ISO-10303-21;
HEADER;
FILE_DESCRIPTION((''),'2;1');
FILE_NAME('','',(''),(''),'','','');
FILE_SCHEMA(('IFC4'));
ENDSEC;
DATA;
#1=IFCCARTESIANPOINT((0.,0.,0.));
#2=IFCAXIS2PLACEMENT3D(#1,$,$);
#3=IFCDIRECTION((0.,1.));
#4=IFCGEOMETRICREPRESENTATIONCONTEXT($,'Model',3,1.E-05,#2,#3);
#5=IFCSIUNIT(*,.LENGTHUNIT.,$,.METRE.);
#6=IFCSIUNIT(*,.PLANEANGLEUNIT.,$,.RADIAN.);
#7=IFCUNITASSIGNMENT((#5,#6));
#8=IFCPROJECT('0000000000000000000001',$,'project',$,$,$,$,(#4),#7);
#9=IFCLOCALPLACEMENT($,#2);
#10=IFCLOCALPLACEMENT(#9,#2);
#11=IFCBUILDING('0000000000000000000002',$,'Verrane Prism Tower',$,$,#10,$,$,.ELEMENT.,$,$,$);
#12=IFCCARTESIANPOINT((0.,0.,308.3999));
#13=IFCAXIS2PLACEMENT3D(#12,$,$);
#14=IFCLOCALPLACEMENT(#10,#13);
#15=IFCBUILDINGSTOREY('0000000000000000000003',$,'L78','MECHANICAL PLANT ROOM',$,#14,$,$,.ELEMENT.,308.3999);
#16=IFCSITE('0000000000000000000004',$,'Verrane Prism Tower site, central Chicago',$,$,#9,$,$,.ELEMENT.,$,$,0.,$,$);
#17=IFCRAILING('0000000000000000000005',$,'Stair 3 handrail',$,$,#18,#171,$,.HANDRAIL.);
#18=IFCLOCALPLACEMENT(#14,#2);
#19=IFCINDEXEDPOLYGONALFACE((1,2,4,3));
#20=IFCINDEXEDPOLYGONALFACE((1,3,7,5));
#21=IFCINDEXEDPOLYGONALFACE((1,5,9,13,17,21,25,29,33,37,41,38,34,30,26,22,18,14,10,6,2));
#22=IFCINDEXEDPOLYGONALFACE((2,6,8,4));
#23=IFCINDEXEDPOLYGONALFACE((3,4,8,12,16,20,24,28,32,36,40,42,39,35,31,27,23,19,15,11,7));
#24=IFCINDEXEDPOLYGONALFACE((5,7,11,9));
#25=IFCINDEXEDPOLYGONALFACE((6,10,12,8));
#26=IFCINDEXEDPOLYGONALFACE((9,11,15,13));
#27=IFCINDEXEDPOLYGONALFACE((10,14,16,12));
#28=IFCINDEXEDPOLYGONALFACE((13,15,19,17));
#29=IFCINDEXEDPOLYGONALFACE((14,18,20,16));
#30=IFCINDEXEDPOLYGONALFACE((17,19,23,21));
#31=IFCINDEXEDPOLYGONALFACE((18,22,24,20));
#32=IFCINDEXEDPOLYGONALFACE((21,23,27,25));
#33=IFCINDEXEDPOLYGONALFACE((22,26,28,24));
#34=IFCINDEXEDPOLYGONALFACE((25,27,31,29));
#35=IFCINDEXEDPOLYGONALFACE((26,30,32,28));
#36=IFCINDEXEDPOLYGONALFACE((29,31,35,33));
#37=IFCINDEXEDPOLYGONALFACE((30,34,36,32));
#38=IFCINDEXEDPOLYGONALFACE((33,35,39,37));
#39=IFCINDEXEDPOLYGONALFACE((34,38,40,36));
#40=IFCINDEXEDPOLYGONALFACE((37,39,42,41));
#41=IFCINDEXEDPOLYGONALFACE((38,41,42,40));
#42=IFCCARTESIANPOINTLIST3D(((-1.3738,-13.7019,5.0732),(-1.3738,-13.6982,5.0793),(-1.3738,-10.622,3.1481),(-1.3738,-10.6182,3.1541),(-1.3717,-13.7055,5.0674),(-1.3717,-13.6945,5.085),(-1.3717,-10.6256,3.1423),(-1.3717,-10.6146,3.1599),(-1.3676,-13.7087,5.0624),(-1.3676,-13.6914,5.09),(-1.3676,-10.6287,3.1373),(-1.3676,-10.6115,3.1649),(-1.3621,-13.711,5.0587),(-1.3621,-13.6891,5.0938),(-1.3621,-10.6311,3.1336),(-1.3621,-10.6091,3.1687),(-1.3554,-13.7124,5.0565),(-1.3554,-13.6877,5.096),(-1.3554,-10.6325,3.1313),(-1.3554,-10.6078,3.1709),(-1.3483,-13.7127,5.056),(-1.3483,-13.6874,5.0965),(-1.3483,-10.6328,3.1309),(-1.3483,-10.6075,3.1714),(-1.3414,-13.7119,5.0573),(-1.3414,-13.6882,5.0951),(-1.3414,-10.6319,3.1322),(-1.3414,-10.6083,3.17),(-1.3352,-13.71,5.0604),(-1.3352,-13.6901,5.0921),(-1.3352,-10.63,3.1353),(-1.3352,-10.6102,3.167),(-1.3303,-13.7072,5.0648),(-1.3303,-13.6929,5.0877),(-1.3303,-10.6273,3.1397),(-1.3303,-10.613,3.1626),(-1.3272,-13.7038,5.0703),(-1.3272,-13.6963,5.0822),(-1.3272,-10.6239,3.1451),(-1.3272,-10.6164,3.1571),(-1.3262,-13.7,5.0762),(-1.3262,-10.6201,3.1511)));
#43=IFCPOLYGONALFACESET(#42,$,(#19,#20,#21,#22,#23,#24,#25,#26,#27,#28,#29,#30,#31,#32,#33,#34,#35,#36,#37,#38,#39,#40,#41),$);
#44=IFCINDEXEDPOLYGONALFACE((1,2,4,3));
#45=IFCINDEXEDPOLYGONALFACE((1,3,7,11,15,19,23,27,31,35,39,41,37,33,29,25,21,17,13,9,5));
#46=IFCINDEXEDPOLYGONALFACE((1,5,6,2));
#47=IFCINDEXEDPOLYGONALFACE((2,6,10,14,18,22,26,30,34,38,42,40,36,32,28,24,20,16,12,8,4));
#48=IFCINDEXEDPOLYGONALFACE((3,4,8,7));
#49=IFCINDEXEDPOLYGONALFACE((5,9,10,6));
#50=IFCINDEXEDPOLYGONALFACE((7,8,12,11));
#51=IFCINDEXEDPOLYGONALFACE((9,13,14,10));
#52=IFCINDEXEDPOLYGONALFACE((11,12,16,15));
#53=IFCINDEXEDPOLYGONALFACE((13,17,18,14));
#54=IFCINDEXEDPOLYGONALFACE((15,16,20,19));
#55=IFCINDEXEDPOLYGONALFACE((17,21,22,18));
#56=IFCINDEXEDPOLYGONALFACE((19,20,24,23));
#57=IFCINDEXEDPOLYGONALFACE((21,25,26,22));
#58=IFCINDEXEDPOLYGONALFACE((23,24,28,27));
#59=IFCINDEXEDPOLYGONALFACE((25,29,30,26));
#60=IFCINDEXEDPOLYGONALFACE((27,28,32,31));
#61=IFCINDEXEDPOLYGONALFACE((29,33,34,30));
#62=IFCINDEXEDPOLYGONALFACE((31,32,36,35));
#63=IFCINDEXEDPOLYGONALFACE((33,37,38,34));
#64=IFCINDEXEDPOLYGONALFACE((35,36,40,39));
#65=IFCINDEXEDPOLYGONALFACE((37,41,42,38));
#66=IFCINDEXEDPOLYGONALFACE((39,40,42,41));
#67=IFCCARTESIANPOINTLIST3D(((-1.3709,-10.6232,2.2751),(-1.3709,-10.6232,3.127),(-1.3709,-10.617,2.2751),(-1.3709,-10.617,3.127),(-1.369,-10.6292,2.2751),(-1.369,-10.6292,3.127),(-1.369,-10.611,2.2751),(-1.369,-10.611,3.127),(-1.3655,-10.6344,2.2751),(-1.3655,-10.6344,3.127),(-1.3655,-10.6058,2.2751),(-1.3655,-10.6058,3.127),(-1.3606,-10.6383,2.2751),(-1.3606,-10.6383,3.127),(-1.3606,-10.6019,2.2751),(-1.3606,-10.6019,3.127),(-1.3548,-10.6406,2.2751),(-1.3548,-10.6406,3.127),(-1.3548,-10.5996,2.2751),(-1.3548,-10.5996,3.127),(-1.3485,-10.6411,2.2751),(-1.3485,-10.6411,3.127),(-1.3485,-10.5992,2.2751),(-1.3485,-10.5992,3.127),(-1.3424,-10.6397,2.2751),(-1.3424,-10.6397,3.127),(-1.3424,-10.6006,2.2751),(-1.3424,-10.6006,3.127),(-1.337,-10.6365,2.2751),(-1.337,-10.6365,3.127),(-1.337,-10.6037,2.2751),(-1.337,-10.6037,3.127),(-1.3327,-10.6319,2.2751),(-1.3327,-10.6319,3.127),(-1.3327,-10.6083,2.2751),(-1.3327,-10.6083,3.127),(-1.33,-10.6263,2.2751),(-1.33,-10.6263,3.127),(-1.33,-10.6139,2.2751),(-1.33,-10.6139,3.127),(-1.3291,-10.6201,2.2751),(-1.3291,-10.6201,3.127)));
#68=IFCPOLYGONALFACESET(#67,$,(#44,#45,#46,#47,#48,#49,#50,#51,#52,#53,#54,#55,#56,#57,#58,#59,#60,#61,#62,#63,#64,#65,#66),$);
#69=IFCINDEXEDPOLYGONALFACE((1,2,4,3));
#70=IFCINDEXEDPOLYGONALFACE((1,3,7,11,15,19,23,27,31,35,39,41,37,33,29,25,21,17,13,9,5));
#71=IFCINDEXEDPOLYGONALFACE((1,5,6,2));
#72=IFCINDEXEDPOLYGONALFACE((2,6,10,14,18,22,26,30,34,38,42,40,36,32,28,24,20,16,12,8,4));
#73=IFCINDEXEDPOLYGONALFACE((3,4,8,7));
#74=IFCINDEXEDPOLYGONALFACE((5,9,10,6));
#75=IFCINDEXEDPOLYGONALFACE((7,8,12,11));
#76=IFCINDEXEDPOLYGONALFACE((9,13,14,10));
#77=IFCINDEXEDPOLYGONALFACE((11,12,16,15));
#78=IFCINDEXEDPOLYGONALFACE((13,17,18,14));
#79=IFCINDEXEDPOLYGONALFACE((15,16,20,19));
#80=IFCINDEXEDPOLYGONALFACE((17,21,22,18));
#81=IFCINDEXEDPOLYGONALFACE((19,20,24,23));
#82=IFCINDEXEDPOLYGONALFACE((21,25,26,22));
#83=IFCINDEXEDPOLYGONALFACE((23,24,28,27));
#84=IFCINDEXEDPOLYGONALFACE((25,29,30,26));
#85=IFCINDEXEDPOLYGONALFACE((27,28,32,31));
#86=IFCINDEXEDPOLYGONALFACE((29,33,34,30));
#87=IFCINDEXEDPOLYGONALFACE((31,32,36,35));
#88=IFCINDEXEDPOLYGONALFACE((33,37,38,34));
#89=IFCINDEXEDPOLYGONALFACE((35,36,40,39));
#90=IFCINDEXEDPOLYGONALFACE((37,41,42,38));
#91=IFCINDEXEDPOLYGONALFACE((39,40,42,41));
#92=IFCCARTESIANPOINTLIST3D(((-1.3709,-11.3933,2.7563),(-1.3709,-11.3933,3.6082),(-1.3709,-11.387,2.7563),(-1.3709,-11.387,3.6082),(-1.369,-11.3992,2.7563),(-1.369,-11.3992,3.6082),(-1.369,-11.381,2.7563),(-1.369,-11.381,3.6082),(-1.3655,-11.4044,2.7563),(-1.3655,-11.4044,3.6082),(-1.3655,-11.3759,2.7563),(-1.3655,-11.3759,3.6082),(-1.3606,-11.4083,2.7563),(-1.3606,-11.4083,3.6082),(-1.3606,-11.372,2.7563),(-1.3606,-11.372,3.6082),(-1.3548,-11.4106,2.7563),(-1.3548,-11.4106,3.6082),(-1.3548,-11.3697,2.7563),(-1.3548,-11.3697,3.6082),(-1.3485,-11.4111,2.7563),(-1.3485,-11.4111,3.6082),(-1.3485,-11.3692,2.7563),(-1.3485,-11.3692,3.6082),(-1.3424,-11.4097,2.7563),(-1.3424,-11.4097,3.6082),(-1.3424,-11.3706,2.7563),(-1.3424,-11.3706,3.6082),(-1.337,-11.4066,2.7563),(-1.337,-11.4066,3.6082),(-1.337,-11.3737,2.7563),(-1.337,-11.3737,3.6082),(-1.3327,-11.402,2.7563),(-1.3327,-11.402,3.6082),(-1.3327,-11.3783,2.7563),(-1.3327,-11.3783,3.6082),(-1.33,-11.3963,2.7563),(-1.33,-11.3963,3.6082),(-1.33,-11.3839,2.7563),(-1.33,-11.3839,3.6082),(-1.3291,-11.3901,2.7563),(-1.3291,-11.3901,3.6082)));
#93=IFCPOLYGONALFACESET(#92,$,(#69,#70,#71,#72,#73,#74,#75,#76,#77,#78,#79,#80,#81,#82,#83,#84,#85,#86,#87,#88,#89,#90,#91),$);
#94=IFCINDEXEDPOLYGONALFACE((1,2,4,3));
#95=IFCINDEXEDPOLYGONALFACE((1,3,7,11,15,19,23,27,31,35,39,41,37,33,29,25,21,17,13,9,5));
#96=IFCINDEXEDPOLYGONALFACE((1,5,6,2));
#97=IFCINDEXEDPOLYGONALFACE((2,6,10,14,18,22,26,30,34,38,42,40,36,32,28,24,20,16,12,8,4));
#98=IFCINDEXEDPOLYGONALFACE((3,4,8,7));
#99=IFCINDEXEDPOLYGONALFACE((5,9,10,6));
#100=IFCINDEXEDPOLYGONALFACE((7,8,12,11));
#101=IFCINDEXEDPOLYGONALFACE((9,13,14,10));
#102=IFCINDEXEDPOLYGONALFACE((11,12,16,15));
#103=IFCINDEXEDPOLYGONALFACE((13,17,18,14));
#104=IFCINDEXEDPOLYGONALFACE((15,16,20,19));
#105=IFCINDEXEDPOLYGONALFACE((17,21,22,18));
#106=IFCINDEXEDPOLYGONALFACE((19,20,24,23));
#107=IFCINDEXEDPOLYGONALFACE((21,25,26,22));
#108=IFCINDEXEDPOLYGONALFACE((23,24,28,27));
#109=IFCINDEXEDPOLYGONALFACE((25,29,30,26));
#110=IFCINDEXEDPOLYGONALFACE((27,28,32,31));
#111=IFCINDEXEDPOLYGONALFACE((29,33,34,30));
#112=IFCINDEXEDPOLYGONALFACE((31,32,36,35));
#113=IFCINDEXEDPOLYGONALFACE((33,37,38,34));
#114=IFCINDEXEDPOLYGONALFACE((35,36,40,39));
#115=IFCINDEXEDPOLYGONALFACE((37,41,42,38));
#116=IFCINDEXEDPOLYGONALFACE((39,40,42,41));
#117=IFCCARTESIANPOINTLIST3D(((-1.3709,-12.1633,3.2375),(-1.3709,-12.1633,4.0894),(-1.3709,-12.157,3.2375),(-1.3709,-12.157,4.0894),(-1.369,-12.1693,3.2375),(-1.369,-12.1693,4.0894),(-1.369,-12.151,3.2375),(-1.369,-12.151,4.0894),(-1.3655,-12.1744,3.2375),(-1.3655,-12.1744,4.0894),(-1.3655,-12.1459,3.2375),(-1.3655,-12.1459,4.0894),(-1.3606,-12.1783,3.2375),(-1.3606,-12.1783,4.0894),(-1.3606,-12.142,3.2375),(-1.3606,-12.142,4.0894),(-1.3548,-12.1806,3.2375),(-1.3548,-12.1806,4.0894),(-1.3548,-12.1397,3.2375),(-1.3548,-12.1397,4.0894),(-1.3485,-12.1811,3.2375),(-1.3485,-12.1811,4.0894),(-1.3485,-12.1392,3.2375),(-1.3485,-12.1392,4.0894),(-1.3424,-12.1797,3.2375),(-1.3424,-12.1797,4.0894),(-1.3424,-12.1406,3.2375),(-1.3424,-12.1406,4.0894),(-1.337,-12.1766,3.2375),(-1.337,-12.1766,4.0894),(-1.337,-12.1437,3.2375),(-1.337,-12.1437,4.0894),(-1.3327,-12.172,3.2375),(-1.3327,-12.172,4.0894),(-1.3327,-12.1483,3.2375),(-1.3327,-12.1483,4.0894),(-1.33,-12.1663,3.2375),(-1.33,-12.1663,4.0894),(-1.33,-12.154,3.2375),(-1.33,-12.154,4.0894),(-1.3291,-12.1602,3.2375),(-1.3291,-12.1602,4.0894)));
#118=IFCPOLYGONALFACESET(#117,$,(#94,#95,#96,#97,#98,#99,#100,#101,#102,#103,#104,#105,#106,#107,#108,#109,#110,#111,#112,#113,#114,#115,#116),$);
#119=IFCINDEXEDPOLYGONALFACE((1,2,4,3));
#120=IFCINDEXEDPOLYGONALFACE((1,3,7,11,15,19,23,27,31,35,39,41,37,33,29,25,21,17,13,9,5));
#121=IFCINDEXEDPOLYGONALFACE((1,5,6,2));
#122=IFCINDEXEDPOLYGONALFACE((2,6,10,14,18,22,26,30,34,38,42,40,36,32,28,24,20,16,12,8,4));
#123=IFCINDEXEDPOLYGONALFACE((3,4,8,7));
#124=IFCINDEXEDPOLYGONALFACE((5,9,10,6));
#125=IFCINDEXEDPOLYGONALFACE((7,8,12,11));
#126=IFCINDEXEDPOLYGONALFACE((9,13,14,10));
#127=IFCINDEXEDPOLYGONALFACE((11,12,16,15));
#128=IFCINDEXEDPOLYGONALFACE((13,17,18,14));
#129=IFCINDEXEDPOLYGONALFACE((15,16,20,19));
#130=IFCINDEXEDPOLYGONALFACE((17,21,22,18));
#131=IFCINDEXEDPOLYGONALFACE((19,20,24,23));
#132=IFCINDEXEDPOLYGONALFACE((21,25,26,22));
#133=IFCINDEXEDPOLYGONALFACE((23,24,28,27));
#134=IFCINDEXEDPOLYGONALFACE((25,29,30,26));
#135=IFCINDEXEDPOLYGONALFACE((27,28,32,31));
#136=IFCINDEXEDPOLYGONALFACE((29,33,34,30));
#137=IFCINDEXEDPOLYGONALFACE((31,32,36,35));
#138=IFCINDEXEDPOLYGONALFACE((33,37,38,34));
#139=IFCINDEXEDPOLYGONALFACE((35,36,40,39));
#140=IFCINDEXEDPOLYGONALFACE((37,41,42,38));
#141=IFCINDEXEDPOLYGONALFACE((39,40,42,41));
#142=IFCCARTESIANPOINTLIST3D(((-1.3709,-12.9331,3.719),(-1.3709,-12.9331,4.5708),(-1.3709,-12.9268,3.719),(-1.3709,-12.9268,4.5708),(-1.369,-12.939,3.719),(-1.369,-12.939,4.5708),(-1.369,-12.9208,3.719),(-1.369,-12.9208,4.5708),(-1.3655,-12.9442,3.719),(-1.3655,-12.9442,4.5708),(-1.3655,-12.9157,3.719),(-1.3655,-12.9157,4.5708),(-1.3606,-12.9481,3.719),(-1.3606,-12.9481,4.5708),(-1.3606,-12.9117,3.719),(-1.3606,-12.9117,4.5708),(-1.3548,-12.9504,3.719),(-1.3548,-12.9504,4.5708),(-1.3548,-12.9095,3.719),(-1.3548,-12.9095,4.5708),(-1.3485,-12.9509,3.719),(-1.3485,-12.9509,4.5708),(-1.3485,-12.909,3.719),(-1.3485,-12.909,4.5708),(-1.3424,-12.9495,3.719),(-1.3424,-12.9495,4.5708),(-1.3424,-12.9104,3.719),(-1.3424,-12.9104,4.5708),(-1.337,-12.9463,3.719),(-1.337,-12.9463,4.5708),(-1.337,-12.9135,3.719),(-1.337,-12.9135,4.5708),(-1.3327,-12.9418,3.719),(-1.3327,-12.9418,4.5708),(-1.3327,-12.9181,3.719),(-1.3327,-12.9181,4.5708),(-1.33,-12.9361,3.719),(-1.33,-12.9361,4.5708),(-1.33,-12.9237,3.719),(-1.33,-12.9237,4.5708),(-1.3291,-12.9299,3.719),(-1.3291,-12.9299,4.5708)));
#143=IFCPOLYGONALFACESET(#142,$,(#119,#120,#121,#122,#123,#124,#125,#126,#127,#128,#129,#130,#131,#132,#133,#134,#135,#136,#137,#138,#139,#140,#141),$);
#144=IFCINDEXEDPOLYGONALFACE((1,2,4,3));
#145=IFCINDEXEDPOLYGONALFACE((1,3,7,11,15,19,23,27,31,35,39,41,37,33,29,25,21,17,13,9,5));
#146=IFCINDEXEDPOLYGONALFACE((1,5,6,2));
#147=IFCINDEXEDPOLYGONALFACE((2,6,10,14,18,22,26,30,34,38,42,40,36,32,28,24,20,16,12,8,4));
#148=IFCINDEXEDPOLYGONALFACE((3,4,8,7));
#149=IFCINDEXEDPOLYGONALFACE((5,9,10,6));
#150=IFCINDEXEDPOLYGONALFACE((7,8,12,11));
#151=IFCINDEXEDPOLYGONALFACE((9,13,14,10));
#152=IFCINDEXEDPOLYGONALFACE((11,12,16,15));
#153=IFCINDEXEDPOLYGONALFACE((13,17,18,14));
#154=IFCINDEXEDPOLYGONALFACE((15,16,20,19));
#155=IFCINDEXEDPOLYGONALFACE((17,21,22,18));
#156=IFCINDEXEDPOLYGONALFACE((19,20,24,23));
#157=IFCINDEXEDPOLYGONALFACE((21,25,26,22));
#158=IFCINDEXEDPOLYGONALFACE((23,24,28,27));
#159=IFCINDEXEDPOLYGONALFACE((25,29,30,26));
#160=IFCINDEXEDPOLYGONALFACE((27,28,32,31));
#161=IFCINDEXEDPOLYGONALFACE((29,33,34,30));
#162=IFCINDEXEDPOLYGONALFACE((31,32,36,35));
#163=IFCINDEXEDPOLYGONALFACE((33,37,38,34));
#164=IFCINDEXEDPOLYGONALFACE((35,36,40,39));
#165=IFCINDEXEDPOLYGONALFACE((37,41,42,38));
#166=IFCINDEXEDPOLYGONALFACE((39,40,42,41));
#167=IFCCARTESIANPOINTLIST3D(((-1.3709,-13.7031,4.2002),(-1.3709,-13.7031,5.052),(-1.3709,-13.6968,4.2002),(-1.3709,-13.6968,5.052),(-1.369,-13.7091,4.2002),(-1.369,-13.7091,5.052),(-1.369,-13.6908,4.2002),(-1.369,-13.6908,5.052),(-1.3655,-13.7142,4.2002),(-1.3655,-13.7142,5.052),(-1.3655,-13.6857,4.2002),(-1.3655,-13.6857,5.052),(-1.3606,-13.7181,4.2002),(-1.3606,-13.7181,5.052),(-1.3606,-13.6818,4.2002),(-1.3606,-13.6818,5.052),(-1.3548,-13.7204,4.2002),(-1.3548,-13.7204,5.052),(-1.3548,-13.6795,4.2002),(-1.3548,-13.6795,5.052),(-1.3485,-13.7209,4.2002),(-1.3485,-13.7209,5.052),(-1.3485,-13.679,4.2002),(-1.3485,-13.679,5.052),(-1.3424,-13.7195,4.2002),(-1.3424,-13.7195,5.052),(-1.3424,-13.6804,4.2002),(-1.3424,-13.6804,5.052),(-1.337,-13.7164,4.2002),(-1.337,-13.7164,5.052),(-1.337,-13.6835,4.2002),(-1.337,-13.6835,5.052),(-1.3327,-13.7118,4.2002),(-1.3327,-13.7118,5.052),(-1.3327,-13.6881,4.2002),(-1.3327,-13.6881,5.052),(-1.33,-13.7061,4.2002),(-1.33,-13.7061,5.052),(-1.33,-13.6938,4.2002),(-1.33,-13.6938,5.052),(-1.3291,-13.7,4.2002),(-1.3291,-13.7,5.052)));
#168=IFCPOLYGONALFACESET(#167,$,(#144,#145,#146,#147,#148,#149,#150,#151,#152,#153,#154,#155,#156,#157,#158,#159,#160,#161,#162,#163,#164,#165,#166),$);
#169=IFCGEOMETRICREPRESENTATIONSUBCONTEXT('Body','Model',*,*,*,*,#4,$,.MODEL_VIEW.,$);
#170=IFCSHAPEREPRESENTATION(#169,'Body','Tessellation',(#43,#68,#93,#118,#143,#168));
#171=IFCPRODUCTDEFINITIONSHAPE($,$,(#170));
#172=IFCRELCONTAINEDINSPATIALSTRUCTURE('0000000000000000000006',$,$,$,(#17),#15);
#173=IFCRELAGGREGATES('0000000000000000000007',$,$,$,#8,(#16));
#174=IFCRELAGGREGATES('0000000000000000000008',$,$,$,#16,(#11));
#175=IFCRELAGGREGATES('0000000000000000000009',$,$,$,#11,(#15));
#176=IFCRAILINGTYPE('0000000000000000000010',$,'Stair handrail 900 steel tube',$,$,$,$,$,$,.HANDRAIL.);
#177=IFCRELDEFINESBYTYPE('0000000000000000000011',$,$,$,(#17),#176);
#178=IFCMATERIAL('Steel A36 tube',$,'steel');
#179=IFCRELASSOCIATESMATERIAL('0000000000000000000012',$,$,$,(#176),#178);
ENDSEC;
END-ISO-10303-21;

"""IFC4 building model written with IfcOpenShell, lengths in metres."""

from ifc_helpers import new_model, si_unit, direction, frame, origin, origin_2d, place, context, subcontext, project, spatial, circle, extrude, material, type_object, element, save


model = new_model("IFC4")

# Units and contexts
model_context = context("Model", 3, precision=1e-05, world=origin(), true_north=direction((0.0, 1.0)))
body_context = subcontext(model_context, "Body", "Model", "MODEL_VIEW")
ifc_project = project(units=[si_unit("LENGTHUNIT", "METRE"), si_unit("PLANEANGLEUNIT", "RADIAN")], contexts=[model_context])

# Site, building, storey
site_placement = place(None, origin())
site = spatial("IfcSite", under=ifc_project, at=site_placement, Name="Verrane Prism Tower site, central Chicago", CompositionType="ELEMENT", RefElevation=0.0)
building_placement = place(site_placement, origin())
building = spatial("IfcBuilding", under=site, at=building_placement, Name="Verrane Prism Tower", CompositionType="ELEMENT")
storey_placement = place(building_placement, frame((0.0, 0.0, 308.3999)))
storey = spatial("IfcBuildingStorey", under=building, at=storey_placement, Name="L78", Description="MECHANICAL PLANT ROOM", CompositionType="ELEMENT", Elevation=308.3999)

# Railing
ifc_material_1 = material(Name="Steel A36 tube", Category="steel")
railing_type = type_object("IfcRailingType", Name="Stair handrail 900 steel tube", PredefinedType="HANDRAIL", material=ifc_material_1)
railing_placement = place(storey_placement, frame((-1.3501, -10.6201, 2.2751)))
element("IfcRailing", 1, at=railing_placement, inside=storey, type_object=railing_type, Name="Stair 3 handrail", PredefinedType="HANDRAIL", context=body_context, shape_type="SweptSolid", body=[
    extrude(circle(Radius=0.0239, at=origin_2d()), frame((0.0, 0.0, 0.876), z_axis=(0.0, -0.847979, 0.530029), x_axis=(1.0, 0.0, 0.0)), (0.0, 0.0, 1.0), 3.6321),
    extrude(circle(Radius=0.021, at=origin_2d()), origin(), (0.0, 0.0, 1.0), 0.8518),
    extrude(circle(Radius=0.021, at=origin_2d()), frame((0.0, -0.77, 0.4812)), (0.0, 0.0, 1.0), 0.8518),
    extrude(circle(Radius=0.021, at=origin_2d()), frame((0.0, -1.54, 0.9624)), (0.0, 0.0, 1.0), 0.8518),
    extrude(circle(Radius=0.021, at=origin_2d()), frame((0.0, -2.3098, 1.4438)), (0.0, 0.0, 1.0), 0.8518),
    extrude(circle(Radius=0.021, at=origin_2d()), frame((0.0, -3.0798, 1.925)), (0.0, 0.0, 1.0), 0.8518),
])

save(model, "model.ifc")
